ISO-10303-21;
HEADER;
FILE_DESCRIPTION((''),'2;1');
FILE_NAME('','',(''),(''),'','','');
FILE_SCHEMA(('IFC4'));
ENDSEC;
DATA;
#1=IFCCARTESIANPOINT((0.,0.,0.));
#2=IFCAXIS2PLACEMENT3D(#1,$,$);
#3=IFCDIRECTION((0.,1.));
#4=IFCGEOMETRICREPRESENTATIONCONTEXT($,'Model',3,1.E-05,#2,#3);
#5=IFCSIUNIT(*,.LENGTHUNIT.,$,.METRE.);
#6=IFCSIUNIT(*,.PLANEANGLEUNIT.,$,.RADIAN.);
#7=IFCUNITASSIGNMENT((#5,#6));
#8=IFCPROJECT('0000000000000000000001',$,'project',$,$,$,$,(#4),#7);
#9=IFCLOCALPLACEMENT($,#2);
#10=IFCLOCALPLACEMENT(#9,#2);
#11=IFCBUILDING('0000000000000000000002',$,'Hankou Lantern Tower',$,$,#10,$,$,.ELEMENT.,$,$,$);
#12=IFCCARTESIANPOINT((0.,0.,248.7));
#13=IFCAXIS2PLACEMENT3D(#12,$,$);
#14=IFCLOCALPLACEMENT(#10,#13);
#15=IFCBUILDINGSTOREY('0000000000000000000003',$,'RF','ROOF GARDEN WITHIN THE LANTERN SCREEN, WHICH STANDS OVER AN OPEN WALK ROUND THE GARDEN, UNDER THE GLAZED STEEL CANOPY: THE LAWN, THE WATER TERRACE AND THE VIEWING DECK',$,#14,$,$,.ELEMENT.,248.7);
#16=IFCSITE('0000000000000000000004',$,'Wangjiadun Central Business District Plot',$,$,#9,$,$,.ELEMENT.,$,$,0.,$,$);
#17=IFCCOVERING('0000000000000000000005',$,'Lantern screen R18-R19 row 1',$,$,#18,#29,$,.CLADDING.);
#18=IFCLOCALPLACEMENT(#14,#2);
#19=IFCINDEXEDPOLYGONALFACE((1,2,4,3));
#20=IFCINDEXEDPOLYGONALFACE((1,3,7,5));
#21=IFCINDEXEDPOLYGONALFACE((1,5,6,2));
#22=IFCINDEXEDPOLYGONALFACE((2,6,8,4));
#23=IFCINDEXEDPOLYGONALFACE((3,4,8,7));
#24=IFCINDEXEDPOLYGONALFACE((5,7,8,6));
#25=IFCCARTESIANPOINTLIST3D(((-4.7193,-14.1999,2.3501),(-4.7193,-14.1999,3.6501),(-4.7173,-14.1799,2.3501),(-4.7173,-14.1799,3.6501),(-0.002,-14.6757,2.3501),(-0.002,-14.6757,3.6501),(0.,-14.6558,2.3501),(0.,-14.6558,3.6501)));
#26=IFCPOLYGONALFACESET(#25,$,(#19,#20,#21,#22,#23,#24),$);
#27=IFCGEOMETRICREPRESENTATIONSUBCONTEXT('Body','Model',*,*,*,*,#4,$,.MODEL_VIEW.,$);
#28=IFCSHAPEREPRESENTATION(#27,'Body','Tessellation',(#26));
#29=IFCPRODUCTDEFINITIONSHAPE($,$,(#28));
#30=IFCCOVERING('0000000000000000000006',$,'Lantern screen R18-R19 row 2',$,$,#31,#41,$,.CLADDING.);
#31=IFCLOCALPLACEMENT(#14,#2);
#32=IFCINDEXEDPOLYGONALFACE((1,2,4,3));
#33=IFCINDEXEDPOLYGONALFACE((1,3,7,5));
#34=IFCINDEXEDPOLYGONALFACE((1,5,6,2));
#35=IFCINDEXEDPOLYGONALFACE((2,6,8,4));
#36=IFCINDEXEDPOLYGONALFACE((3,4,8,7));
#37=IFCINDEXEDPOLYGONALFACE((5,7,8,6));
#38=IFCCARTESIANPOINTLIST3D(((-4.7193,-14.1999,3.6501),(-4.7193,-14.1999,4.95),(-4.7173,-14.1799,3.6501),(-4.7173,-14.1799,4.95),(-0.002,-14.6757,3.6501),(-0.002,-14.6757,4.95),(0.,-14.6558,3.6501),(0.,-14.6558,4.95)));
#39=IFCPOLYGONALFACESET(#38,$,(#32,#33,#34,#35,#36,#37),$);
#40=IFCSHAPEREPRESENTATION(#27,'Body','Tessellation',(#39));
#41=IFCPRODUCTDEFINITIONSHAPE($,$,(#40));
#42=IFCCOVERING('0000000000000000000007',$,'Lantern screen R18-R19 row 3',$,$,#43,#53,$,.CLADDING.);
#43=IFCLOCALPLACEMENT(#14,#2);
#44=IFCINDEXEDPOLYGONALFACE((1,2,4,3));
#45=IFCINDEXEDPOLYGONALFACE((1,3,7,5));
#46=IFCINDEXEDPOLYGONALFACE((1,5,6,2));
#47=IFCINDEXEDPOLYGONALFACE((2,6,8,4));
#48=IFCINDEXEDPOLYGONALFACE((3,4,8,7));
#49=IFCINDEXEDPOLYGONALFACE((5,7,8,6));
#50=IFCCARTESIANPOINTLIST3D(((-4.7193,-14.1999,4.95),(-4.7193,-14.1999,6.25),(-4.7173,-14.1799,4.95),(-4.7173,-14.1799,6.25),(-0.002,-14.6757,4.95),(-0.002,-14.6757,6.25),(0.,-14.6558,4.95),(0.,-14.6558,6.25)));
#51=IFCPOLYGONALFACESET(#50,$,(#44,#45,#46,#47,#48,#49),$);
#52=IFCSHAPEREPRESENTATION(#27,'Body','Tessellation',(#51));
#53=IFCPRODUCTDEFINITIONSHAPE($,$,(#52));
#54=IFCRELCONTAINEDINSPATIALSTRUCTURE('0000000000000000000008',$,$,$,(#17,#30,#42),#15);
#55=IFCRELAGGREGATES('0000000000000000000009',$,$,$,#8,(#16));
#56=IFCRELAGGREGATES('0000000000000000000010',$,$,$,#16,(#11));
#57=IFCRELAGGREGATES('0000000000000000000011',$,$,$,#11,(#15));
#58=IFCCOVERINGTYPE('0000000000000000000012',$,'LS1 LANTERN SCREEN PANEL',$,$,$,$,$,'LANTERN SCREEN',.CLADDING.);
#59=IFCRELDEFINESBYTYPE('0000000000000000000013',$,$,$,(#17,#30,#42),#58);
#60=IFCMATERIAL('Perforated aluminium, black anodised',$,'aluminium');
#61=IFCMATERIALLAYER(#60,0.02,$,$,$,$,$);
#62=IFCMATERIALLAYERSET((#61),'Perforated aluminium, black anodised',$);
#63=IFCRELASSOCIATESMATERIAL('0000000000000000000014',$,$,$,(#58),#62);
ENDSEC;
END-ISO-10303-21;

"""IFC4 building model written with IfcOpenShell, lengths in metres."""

from ifc_helpers import new_model, si_unit, direction, frame, origin, place, context, subcontext, project, spatial, polyline, outline, extrude, material, layer, layer_set, type_object, element, save


model = new_model("IFC4")

# Units and contexts
model_context = context("Model", 3, precision=1e-05, world=origin(), true_north=direction((0.0, 1.0)))
body_context = subcontext(model_context, "Body", "Model", "MODEL_VIEW")
ifc_project = project(units=[si_unit("LENGTHUNIT", "METRE"), si_unit("PLANEANGLEUNIT", "RADIAN")], contexts=[model_context])

# Site, building, storey
site_placement = place(None, origin())
site = spatial("IfcSite", under=ifc_project, at=site_placement, Name="Wangjiadun Central Business District Plot", CompositionType="ELEMENT", RefElevation=0.0)
building_placement = place(site_placement, origin())
building = spatial("IfcBuilding", under=site, at=building_placement, Name="Hankou Lantern Tower", CompositionType="ELEMENT")
storey_placement = place(building_placement, frame((0.0, 0.0, 248.7)))
storey = spatial("IfcBuildingStorey", under=building, at=storey_placement, Name="RF", Description="ROOF GARDEN WITHIN THE LANTERN SCREEN, WHICH STANDS OVER AN OPEN WALK ROUND THE GARDEN, UNDER THE GLAZED STEEL CANOPY: THE LAWN, THE WATER TERRACE AND THE VIEWING DECK", CompositionType="ELEMENT", Elevation=248.7)

# Coverings
ifc_material_1 = material(Name="Perforated aluminium, black anodised", Category="aluminium")
ifc_layer_1 = layer(ifc_material_1, 0.02)
ifc_layer_set_1 = layer_set([ifc_layer_1], Name="Perforated aluminium, black anodised")
covering_type = type_object("IfcCoveringType", Name="LS1 LANTERN SCREEN PANEL", ElementType="LANTERN SCREEN", PredefinedType="CLADDING", material=ifc_layer_set_1)
covering_1_placement = place(storey_placement, frame((-4.7173, -14.1799, 2.3501), z_axis=(0.10036, 0.994951, 0.0), x_axis=(0.994951, -0.10036, 0.0)))
element("IfcCovering", 1, at=covering_1_placement, inside=storey, type_object=covering_type, Name="Lantern screen R18-R19 row 1", PredefinedType="CLADDING", context=body_context, shape_type="SweptSolid", body=[
    extrude(outline(polyline([(0.0, 0.0), (4.7412, 0.0), (4.7412, -1.3), (0.0, -1.3), (0.0, 0.0)])), origin(), (0.0, 0.0, -1.0), 0.02),
])
covering_2_placement = place(storey_placement, frame((-4.7173, -14.1799, 3.6501), z_axis=(0.10036, 0.994951, 0.0), x_axis=(0.994951, -0.10036, 0.0)))
element("IfcCovering", 2, at=covering_2_placement, inside=storey, type_object=covering_type, Name="Lantern screen R18-R19 row 2", PredefinedType="CLADDING", context=body_context, shape_type="SweptSolid", body=[
    extrude(outline(polyline([(0.0, 0.0), (4.7412, 0.0), (4.7412, -1.2998), (0.0, -1.2998), (0.0, 0.0)])), origin(), (0.0, 0.0, -1.0), 0.02),
])
covering_3_placement = place(storey_placement, frame((-4.7173, -14.1799, 4.95), z_axis=(0.10036, 0.994951, 0.0), x_axis=(0.994951, -0.10036, 0.0)))
element("IfcCovering", 3, at=covering_3_placement, inside=storey, type_object=covering_type, Name="Lantern screen R18-R19 row 3", PredefinedType="CLADDING", context=body_context, shape_type="SweptSolid", body=[
    extrude(outline(polyline([(0.0, 0.0), (4.7412, 0.0), (4.7412, -1.3), (0.0, -1.3), (0.0, 0.0)])), origin(), (0.0, 0.0, -1.0), 0.02),
])

save(model, "model.ifc")
